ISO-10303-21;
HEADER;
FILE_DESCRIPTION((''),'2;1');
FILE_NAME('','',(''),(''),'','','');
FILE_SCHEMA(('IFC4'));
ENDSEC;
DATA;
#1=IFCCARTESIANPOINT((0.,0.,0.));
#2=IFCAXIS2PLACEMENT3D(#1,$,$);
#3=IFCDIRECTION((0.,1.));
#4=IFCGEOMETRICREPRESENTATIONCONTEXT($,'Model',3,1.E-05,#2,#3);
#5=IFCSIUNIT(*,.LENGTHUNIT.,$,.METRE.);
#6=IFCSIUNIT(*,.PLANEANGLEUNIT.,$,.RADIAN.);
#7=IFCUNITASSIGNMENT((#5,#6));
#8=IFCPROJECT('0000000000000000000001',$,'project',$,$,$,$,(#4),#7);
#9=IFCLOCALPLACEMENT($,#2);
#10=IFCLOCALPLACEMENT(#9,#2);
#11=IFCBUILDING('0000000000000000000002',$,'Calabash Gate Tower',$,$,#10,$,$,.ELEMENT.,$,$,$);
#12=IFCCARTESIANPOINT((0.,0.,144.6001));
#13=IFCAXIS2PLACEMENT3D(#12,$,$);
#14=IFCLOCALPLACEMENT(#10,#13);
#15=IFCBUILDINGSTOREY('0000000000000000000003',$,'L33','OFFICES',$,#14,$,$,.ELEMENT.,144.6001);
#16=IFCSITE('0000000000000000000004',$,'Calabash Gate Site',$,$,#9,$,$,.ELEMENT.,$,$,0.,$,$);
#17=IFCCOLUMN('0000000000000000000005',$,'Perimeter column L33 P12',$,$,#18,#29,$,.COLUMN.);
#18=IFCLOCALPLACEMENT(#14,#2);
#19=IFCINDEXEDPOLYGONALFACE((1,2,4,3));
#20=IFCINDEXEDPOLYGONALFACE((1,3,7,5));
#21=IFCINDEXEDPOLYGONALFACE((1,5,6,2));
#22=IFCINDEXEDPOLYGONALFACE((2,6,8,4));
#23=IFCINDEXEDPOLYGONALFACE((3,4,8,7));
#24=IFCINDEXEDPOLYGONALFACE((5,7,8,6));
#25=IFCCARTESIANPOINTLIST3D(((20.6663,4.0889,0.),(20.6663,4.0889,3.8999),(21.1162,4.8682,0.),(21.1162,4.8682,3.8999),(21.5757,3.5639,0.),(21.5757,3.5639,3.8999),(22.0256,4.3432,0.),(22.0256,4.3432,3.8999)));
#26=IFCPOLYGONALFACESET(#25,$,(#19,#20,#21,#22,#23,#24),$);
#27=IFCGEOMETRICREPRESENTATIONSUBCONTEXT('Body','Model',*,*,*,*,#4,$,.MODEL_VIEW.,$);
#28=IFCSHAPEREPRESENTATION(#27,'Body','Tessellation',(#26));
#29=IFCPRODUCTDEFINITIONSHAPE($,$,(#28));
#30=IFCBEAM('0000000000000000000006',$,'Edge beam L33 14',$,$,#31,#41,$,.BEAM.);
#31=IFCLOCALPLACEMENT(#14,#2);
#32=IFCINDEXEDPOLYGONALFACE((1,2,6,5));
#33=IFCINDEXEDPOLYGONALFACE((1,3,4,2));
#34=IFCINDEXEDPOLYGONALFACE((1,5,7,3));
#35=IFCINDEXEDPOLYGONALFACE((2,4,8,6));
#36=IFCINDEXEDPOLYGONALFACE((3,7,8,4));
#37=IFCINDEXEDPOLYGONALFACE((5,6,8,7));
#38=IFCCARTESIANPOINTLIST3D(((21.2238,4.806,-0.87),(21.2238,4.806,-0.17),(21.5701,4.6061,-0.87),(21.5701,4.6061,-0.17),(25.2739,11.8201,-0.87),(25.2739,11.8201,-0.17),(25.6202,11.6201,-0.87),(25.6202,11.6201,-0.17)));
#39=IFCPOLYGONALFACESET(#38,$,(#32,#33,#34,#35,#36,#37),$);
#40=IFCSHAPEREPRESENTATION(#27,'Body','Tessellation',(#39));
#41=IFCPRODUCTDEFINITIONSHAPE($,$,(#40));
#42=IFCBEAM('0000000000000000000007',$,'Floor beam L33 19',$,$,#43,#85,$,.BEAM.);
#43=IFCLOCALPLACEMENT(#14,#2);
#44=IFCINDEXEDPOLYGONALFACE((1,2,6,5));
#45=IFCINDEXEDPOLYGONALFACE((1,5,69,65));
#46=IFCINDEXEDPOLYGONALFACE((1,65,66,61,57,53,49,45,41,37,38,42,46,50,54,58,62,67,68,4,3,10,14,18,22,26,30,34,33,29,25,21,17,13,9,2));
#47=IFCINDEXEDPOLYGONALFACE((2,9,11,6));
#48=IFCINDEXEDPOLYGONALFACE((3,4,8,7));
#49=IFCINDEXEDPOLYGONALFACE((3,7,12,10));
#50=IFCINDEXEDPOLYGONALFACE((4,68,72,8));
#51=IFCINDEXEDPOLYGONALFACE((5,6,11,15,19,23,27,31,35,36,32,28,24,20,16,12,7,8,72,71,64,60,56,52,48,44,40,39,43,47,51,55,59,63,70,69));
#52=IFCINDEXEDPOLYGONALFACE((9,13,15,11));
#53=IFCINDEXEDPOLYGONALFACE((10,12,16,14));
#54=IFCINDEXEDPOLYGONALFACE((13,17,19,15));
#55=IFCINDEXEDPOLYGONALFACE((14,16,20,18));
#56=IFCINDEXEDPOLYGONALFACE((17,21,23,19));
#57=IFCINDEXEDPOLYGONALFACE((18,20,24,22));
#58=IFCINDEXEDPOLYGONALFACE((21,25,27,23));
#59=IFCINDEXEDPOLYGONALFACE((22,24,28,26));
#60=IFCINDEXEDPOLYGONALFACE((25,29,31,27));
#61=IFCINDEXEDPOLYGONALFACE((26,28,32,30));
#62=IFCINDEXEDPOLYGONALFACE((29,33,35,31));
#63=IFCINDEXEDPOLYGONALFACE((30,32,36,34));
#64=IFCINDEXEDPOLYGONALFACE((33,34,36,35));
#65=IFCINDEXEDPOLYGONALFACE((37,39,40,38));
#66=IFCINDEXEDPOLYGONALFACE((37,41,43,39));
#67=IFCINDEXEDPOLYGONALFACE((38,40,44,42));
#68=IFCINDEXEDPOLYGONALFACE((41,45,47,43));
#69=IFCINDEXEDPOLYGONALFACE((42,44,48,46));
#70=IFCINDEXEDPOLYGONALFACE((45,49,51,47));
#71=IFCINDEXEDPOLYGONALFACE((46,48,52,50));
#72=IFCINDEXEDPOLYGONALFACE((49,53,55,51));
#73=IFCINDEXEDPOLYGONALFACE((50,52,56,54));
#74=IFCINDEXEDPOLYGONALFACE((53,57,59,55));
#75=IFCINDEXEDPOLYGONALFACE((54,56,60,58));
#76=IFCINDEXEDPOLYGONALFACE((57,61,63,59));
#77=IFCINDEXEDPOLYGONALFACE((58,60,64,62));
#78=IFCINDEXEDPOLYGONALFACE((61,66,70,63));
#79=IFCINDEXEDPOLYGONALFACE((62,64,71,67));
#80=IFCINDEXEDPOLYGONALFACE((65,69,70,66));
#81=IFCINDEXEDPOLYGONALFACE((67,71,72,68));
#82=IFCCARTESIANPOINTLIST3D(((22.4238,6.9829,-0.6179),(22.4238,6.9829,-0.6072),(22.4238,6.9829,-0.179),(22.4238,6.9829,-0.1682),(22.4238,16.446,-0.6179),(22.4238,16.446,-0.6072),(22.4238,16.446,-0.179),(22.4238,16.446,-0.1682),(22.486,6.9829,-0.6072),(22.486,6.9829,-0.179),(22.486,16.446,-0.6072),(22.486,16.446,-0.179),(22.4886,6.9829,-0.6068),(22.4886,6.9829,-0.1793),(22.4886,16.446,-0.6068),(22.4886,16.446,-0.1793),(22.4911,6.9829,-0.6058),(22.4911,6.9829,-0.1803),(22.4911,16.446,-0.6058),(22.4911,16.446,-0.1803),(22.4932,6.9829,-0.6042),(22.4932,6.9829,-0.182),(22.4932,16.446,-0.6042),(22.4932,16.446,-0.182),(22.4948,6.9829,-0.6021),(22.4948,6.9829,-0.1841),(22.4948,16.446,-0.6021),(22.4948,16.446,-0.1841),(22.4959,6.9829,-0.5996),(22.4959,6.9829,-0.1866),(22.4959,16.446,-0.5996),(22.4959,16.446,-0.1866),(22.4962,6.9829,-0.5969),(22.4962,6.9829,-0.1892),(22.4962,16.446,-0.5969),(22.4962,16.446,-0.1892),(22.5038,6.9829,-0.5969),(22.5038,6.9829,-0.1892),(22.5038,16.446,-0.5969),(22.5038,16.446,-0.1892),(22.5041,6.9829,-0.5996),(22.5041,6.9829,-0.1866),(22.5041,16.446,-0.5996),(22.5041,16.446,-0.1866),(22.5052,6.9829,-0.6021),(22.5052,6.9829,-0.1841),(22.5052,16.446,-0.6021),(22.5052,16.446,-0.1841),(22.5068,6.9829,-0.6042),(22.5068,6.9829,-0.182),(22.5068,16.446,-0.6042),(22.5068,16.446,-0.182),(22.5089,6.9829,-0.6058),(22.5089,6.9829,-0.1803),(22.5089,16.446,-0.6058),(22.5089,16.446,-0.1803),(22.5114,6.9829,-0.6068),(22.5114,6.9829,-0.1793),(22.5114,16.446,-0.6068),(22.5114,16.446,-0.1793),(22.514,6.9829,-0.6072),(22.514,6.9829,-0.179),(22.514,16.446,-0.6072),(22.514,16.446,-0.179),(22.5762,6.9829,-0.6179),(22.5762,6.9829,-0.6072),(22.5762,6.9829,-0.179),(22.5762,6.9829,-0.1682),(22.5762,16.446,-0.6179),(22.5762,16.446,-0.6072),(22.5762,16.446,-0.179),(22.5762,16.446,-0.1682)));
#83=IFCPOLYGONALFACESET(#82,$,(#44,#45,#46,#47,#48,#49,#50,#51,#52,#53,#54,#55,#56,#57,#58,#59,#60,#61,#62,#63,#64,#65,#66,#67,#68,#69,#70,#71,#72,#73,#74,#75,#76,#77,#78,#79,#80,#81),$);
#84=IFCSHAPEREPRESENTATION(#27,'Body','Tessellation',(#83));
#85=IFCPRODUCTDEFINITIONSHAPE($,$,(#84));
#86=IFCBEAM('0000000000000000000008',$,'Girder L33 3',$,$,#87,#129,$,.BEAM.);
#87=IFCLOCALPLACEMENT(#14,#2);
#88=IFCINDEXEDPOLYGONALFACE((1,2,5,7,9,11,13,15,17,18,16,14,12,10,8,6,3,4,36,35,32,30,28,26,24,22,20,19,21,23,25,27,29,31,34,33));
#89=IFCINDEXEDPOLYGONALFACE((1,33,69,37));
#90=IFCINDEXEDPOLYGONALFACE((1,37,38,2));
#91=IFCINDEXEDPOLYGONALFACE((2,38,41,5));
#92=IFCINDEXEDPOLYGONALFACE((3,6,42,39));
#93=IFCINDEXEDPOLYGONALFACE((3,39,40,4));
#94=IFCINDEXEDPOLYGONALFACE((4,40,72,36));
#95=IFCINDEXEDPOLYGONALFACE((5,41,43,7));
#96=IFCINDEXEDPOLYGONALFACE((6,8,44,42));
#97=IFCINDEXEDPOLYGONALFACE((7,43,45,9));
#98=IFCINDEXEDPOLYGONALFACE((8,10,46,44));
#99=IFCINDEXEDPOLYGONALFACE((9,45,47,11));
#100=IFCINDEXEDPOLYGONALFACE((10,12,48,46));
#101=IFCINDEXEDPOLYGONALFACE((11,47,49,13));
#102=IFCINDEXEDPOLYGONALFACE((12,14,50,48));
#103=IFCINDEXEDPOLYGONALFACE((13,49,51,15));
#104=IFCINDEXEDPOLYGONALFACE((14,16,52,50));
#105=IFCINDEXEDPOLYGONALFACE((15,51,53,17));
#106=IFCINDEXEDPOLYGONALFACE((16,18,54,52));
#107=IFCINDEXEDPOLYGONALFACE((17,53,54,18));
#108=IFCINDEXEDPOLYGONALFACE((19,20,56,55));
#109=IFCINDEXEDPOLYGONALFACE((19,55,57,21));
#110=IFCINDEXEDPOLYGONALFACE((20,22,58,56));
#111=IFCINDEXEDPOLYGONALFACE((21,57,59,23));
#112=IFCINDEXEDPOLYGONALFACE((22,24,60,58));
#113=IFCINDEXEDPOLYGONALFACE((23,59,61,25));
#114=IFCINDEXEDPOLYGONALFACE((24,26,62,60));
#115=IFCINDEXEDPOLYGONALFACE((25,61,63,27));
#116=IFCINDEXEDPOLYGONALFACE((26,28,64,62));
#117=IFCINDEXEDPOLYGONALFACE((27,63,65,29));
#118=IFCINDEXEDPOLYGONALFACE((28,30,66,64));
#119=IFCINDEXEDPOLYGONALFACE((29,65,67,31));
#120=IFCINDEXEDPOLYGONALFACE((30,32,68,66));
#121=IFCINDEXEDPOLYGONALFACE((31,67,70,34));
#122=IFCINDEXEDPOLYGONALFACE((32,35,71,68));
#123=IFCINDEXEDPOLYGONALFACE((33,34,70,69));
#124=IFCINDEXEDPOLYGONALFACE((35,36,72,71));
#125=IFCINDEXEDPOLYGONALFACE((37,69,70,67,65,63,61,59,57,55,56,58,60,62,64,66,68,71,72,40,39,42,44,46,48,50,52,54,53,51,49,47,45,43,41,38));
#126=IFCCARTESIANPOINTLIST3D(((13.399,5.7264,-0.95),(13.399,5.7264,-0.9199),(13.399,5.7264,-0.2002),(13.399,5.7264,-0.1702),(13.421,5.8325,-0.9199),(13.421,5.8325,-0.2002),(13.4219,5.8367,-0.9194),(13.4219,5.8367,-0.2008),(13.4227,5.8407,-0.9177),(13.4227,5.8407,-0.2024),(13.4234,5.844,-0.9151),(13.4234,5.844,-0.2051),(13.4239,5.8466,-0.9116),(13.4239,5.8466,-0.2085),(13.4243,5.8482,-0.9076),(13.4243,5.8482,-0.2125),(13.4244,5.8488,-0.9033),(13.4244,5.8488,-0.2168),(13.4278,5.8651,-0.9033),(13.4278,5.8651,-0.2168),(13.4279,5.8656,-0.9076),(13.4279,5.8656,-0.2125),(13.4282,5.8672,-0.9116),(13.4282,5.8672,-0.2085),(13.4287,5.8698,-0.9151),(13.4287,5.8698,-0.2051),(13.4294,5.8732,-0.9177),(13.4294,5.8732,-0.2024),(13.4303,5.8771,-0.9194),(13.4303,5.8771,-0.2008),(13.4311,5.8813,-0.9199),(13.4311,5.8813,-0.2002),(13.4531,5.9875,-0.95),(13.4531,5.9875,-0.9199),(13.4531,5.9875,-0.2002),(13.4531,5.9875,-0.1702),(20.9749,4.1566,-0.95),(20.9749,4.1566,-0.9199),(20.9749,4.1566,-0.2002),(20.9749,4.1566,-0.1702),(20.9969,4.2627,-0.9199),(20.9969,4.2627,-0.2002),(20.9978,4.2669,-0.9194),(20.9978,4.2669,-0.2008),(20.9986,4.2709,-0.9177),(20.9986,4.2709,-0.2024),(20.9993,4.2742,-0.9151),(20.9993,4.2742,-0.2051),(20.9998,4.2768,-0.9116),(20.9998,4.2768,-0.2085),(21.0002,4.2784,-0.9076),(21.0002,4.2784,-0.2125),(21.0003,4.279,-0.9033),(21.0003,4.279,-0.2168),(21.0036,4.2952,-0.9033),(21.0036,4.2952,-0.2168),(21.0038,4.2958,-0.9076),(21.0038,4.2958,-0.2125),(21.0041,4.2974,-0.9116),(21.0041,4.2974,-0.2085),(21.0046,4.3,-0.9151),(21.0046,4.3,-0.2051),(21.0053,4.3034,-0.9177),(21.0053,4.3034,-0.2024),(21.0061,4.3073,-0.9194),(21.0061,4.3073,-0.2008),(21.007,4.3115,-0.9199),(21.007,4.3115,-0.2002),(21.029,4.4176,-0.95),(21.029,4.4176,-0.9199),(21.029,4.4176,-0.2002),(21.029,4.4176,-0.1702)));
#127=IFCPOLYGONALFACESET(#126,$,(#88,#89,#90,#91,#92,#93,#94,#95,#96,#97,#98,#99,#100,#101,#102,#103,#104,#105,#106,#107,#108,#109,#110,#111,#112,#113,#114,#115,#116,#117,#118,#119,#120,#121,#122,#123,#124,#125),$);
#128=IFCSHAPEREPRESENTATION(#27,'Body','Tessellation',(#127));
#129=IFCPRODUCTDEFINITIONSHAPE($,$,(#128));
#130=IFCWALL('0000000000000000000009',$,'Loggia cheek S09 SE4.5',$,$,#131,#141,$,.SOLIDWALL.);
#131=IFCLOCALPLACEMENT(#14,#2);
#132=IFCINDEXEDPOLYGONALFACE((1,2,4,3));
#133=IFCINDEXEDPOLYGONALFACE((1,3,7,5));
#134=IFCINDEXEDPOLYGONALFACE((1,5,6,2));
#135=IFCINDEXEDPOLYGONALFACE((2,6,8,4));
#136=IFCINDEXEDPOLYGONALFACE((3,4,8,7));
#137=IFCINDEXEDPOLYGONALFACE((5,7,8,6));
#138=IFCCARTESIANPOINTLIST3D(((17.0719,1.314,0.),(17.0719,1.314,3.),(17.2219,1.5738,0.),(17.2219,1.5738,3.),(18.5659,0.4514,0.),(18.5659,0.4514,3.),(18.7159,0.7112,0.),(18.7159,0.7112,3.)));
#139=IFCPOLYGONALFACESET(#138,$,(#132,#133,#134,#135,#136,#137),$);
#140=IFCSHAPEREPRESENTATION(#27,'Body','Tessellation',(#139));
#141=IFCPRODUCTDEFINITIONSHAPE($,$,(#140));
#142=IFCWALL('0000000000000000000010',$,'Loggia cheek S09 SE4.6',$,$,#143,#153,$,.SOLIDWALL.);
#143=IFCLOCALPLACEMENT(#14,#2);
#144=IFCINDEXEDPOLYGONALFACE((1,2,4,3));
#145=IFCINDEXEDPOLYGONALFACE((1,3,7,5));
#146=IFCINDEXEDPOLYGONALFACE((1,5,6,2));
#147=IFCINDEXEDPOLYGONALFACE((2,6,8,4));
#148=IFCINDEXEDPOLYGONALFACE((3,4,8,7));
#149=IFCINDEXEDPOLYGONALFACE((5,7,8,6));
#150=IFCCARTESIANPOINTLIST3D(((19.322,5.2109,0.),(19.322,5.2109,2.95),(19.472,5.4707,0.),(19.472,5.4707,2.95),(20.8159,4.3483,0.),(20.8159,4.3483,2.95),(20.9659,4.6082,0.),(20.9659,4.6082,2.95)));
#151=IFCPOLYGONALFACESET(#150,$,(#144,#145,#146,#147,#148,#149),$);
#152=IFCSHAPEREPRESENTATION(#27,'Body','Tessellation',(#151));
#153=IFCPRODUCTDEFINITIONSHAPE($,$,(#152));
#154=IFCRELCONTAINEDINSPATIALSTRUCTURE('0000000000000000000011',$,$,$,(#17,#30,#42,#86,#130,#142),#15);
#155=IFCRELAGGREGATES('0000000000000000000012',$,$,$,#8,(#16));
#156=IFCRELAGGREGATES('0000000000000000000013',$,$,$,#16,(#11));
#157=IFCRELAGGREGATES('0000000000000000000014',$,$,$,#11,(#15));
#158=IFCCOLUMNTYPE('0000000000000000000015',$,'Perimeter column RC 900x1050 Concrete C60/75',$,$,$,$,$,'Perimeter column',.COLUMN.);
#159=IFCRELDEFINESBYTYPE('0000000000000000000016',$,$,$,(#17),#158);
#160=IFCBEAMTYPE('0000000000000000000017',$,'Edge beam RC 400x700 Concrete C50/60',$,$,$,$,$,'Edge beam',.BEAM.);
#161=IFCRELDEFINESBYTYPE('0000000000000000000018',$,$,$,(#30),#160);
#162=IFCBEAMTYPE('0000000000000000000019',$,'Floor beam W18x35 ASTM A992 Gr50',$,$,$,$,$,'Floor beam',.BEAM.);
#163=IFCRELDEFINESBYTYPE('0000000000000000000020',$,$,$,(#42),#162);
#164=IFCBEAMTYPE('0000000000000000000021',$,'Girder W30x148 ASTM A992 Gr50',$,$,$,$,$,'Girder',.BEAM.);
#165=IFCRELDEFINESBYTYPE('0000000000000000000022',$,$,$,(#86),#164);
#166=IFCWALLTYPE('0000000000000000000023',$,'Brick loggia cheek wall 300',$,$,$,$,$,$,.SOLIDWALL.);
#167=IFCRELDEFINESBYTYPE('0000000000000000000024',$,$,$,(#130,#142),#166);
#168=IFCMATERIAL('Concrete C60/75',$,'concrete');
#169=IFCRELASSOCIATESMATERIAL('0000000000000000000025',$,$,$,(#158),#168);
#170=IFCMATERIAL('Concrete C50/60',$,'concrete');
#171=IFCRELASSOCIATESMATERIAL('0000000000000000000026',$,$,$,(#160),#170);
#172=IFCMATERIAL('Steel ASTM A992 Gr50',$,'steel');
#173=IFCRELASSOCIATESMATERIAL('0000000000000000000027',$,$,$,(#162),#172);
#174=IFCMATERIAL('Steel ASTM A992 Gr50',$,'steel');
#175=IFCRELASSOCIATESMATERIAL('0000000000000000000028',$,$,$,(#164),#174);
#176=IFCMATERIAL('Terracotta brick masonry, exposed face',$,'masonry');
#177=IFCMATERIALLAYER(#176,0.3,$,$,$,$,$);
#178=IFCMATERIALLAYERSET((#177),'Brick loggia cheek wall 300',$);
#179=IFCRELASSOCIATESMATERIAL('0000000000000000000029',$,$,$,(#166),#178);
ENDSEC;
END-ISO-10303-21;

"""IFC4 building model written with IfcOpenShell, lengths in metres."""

from ifc_helpers import new_model, si_unit, direction, frame, frame_2d, origin, origin_2d, place, context, subcontext, project, spatial, rectangle, i_section, extrude, material, layer, layer_set, material_profile, profile_set, type_object, element, save


model = new_model("IFC4")

# Units and contexts
model_context = context("Model", 3, precision=1e-05, world=origin(), true_north=direction((0.0, 1.0)))
body_context = subcontext(model_context, "Body", "Model", "MODEL_VIEW")
ifc_project = project(units=[si_unit("LENGTHUNIT", "METRE"), si_unit("PLANEANGLEUNIT", "RADIAN")], contexts=[model_context])

# Site, building, storey
site_placement = place(None, origin())
site = spatial("IfcSite", under=ifc_project, at=site_placement, Name="Calabash Gate Site", CompositionType="ELEMENT", RefElevation=0.0)
building_placement = place(site_placement, origin())
building = spatial("IfcBuilding", under=site, at=building_placement, Name="Calabash Gate Tower", CompositionType="ELEMENT")
storey_placement = place(building_placement, frame((0.0, 0.0, 144.6001)))
storey = spatial("IfcBuildingStorey", under=building, at=storey_placement, Name="L33", Description="OFFICES", CompositionType="ELEMENT", Elevation=144.6001)

# Column
ifc_material_1 = material(Name="Concrete C60/75", Category="concrete")
ifc_material_profile_1 = material_profile(ifc_material_1, rectangle(XDim=0.8999, YDim=1.05, at=origin_2d()))
ifc_profile_set_1 = profile_set([ifc_material_profile_1], Name="Concrete C60/75")
column_type = type_object("IfcColumnType", Name="Perimeter column RC 900x1050 Concrete C60/75", ElementType="Perimeter column", PredefinedType="COLUMN", material=ifc_profile_set_1)
column_placement = place(storey_placement, frame((21.3459, 4.2161, 0.0), z_axis=(0.0, 0.0, 1.0), x_axis=(0.5, 0.866025, 0.0)))
element("IfcColumn", 1, at=column_placement, inside=storey, type_object=column_type, Name="Perimeter column L33 P12", PredefinedType="COLUMN", context=body_context, shape_type="SweptSolid", body=[
    extrude(rectangle(XDim=0.8999, YDim=1.05, at=origin_2d()), origin(), (0.0, 0.0, 1.0), 3.8999),
])

# Beams
ifc_material_2 = material(Name="Concrete C50/60", Category="concrete")
ifc_material_profile_2 = material_profile(ifc_material_2, rectangle(XDim=0.3999, YDim=0.7, at=origin_2d()))
ifc_profile_set_2 = profile_set([ifc_material_profile_2], Name="Concrete C50/60")
beam_type_1 = type_object("IfcBeamType", Name="Edge beam RC 400x700 Concrete C50/60", ElementType="Edge beam", PredefinedType="BEAM", material=ifc_profile_set_2)
beam_1_placement = place(storey_placement, frame((21.397, 4.7061, -0.52), z_axis=(0.500052, 0.865995, 0.0), x_axis=(-0.865995, 0.500052, 0.0)))
element("IfcBeam", 2, at=beam_1_placement, inside=storey, type_object=beam_type_1, Name="Edge beam L33 14", PredefinedType="BEAM", context=body_context, shape_type="SweptSolid", body=[
    extrude(rectangle(XDim=0.3999, YDim=0.7, at=origin_2d()), origin(), (0.0, 0.0, 1.0), 8.0994),
])
ifc_material_3 = material(Name="Steel ASTM A992 Gr50", Category="steel")
ifc_material_profile_3 = material_profile(ifc_material_3, i_section(OverallWidth=0.1523, OverallDepth=0.4497, WebThickness=0.0076, FlangeThickness=0.0107, FilletRadius=0.0103, at=origin_2d()))
ifc_profile_set_3 = profile_set([ifc_material_profile_3], Name="Steel ASTM A992 Gr50")
beam_type_2 = type_object("IfcBeamType", Name="Floor beam W18x35 ASTM A992 Gr50", ElementType="Floor beam", PredefinedType="BEAM", material=ifc_profile_set_3)
beam_2_placement = place(storey_placement, frame((22.5, 6.9829, -0.3931), z_axis=(0.0, 1.0, 0.0), x_axis=(-1.0, 0.0, 0.0)))
element("IfcBeam", 3, at=beam_2_placement, inside=storey, type_object=beam_type_2, Name="Floor beam L33 19", PredefinedType="BEAM", context=body_context, shape_type="SweptSolid", body=[
    extrude(i_section(OverallWidth=0.1523, OverallDepth=0.4497, WebThickness=0.0076, FlangeThickness=0.0107, FilletRadius=0.0103, at=origin_2d()), origin(), (0.0, 0.0, 1.0), 9.4631),
])
ifc_material_4 = material(Name="Steel ASTM A992 Gr50", Category="steel")
ifc_material_profile_4 = material_profile(ifc_material_4, i_section(OverallWidth=0.2666, OverallDepth=0.7798, WebThickness=0.0166, FlangeThickness=0.03, FilletRadius=0.0166, at=origin_2d()))
ifc_profile_set_4 = profile_set([ifc_material_profile_4], Name="Steel ASTM A992 Gr50")
beam_type_3 = type_object("IfcBeamType", Name="Girder W30x148 ASTM A992 Gr50", ElementType="Girder", PredefinedType="BEAM", material=ifc_profile_set_4)
beam_3_placement = place(storey_placement, frame((21.002, 4.2871, -0.5601), z_axis=(-0.979199, 0.202902, 0.0), x_axis=(-0.202902, -0.979199, 0.0)))
element("IfcBeam", 4, at=beam_3_placement, inside=storey, type_object=beam_type_3, Name="Girder L33 3", PredefinedType="BEAM", context=body_context, shape_type="SweptSolid", body=[
    extrude(i_section(OverallWidth=0.2666, OverallDepth=0.7798, WebThickness=0.0166, FlangeThickness=0.03, FilletRadius=0.0166, at=origin_2d()), origin(), (0.0, 0.0, 1.0), 7.7368),
])

# Walls
ifc_material_5 = material(Name="Terracotta brick masonry, exposed face", Category="masonry")
ifc_layer_1 = layer(ifc_material_5, 0.3)
ifc_layer_set_1 = layer_set([ifc_layer_1], Name="Brick loggia cheek wall 300")
wall_type_1 = type_object("IfcWallType", Name="Brick loggia cheek wall 300", PredefinedType="SOLIDWALL", material=ifc_layer_set_1)
wall_1_placement = place(storey_placement, frame((18.6409, 0.5813, 0.0), z_axis=(0.0, 0.0, 1.0), x_axis=(-0.866014, 0.500021, 0.0)))
element("IfcWall", 5, at=wall_1_placement, inside=storey, type_object=wall_type_1, Name="Loggia cheek S09 SE4.5", PredefinedType="SOLIDWALL", context=body_context, shape_type="SweptSolid", body=[
    extrude(rectangle(XDim=1.7251, YDim=0.3, at=frame_2d((0.8625, 0.0))), origin(), (0.0, 0.0, 1.0), 3.0),
])
wall_2_placement = place(storey_placement, frame((19.397, 5.3408, 0.0), z_axis=(0.0, 0.0, 1.0), x_axis=(0.866014, -0.500021, 0.0)))
element("IfcWall", 6, at=wall_2_placement, inside=storey, type_object=wall_type_1, Name="Loggia cheek S09 SE4.6", PredefinedType="SOLIDWALL", context=body_context, shape_type="SweptSolid", body=[
    extrude(rectangle(XDim=1.7251, YDim=0.3, at=frame_2d((0.8625, 0.0))), origin(), (0.0, 0.0, 1.0), 2.95),
])

save(model, "model.ifc")
